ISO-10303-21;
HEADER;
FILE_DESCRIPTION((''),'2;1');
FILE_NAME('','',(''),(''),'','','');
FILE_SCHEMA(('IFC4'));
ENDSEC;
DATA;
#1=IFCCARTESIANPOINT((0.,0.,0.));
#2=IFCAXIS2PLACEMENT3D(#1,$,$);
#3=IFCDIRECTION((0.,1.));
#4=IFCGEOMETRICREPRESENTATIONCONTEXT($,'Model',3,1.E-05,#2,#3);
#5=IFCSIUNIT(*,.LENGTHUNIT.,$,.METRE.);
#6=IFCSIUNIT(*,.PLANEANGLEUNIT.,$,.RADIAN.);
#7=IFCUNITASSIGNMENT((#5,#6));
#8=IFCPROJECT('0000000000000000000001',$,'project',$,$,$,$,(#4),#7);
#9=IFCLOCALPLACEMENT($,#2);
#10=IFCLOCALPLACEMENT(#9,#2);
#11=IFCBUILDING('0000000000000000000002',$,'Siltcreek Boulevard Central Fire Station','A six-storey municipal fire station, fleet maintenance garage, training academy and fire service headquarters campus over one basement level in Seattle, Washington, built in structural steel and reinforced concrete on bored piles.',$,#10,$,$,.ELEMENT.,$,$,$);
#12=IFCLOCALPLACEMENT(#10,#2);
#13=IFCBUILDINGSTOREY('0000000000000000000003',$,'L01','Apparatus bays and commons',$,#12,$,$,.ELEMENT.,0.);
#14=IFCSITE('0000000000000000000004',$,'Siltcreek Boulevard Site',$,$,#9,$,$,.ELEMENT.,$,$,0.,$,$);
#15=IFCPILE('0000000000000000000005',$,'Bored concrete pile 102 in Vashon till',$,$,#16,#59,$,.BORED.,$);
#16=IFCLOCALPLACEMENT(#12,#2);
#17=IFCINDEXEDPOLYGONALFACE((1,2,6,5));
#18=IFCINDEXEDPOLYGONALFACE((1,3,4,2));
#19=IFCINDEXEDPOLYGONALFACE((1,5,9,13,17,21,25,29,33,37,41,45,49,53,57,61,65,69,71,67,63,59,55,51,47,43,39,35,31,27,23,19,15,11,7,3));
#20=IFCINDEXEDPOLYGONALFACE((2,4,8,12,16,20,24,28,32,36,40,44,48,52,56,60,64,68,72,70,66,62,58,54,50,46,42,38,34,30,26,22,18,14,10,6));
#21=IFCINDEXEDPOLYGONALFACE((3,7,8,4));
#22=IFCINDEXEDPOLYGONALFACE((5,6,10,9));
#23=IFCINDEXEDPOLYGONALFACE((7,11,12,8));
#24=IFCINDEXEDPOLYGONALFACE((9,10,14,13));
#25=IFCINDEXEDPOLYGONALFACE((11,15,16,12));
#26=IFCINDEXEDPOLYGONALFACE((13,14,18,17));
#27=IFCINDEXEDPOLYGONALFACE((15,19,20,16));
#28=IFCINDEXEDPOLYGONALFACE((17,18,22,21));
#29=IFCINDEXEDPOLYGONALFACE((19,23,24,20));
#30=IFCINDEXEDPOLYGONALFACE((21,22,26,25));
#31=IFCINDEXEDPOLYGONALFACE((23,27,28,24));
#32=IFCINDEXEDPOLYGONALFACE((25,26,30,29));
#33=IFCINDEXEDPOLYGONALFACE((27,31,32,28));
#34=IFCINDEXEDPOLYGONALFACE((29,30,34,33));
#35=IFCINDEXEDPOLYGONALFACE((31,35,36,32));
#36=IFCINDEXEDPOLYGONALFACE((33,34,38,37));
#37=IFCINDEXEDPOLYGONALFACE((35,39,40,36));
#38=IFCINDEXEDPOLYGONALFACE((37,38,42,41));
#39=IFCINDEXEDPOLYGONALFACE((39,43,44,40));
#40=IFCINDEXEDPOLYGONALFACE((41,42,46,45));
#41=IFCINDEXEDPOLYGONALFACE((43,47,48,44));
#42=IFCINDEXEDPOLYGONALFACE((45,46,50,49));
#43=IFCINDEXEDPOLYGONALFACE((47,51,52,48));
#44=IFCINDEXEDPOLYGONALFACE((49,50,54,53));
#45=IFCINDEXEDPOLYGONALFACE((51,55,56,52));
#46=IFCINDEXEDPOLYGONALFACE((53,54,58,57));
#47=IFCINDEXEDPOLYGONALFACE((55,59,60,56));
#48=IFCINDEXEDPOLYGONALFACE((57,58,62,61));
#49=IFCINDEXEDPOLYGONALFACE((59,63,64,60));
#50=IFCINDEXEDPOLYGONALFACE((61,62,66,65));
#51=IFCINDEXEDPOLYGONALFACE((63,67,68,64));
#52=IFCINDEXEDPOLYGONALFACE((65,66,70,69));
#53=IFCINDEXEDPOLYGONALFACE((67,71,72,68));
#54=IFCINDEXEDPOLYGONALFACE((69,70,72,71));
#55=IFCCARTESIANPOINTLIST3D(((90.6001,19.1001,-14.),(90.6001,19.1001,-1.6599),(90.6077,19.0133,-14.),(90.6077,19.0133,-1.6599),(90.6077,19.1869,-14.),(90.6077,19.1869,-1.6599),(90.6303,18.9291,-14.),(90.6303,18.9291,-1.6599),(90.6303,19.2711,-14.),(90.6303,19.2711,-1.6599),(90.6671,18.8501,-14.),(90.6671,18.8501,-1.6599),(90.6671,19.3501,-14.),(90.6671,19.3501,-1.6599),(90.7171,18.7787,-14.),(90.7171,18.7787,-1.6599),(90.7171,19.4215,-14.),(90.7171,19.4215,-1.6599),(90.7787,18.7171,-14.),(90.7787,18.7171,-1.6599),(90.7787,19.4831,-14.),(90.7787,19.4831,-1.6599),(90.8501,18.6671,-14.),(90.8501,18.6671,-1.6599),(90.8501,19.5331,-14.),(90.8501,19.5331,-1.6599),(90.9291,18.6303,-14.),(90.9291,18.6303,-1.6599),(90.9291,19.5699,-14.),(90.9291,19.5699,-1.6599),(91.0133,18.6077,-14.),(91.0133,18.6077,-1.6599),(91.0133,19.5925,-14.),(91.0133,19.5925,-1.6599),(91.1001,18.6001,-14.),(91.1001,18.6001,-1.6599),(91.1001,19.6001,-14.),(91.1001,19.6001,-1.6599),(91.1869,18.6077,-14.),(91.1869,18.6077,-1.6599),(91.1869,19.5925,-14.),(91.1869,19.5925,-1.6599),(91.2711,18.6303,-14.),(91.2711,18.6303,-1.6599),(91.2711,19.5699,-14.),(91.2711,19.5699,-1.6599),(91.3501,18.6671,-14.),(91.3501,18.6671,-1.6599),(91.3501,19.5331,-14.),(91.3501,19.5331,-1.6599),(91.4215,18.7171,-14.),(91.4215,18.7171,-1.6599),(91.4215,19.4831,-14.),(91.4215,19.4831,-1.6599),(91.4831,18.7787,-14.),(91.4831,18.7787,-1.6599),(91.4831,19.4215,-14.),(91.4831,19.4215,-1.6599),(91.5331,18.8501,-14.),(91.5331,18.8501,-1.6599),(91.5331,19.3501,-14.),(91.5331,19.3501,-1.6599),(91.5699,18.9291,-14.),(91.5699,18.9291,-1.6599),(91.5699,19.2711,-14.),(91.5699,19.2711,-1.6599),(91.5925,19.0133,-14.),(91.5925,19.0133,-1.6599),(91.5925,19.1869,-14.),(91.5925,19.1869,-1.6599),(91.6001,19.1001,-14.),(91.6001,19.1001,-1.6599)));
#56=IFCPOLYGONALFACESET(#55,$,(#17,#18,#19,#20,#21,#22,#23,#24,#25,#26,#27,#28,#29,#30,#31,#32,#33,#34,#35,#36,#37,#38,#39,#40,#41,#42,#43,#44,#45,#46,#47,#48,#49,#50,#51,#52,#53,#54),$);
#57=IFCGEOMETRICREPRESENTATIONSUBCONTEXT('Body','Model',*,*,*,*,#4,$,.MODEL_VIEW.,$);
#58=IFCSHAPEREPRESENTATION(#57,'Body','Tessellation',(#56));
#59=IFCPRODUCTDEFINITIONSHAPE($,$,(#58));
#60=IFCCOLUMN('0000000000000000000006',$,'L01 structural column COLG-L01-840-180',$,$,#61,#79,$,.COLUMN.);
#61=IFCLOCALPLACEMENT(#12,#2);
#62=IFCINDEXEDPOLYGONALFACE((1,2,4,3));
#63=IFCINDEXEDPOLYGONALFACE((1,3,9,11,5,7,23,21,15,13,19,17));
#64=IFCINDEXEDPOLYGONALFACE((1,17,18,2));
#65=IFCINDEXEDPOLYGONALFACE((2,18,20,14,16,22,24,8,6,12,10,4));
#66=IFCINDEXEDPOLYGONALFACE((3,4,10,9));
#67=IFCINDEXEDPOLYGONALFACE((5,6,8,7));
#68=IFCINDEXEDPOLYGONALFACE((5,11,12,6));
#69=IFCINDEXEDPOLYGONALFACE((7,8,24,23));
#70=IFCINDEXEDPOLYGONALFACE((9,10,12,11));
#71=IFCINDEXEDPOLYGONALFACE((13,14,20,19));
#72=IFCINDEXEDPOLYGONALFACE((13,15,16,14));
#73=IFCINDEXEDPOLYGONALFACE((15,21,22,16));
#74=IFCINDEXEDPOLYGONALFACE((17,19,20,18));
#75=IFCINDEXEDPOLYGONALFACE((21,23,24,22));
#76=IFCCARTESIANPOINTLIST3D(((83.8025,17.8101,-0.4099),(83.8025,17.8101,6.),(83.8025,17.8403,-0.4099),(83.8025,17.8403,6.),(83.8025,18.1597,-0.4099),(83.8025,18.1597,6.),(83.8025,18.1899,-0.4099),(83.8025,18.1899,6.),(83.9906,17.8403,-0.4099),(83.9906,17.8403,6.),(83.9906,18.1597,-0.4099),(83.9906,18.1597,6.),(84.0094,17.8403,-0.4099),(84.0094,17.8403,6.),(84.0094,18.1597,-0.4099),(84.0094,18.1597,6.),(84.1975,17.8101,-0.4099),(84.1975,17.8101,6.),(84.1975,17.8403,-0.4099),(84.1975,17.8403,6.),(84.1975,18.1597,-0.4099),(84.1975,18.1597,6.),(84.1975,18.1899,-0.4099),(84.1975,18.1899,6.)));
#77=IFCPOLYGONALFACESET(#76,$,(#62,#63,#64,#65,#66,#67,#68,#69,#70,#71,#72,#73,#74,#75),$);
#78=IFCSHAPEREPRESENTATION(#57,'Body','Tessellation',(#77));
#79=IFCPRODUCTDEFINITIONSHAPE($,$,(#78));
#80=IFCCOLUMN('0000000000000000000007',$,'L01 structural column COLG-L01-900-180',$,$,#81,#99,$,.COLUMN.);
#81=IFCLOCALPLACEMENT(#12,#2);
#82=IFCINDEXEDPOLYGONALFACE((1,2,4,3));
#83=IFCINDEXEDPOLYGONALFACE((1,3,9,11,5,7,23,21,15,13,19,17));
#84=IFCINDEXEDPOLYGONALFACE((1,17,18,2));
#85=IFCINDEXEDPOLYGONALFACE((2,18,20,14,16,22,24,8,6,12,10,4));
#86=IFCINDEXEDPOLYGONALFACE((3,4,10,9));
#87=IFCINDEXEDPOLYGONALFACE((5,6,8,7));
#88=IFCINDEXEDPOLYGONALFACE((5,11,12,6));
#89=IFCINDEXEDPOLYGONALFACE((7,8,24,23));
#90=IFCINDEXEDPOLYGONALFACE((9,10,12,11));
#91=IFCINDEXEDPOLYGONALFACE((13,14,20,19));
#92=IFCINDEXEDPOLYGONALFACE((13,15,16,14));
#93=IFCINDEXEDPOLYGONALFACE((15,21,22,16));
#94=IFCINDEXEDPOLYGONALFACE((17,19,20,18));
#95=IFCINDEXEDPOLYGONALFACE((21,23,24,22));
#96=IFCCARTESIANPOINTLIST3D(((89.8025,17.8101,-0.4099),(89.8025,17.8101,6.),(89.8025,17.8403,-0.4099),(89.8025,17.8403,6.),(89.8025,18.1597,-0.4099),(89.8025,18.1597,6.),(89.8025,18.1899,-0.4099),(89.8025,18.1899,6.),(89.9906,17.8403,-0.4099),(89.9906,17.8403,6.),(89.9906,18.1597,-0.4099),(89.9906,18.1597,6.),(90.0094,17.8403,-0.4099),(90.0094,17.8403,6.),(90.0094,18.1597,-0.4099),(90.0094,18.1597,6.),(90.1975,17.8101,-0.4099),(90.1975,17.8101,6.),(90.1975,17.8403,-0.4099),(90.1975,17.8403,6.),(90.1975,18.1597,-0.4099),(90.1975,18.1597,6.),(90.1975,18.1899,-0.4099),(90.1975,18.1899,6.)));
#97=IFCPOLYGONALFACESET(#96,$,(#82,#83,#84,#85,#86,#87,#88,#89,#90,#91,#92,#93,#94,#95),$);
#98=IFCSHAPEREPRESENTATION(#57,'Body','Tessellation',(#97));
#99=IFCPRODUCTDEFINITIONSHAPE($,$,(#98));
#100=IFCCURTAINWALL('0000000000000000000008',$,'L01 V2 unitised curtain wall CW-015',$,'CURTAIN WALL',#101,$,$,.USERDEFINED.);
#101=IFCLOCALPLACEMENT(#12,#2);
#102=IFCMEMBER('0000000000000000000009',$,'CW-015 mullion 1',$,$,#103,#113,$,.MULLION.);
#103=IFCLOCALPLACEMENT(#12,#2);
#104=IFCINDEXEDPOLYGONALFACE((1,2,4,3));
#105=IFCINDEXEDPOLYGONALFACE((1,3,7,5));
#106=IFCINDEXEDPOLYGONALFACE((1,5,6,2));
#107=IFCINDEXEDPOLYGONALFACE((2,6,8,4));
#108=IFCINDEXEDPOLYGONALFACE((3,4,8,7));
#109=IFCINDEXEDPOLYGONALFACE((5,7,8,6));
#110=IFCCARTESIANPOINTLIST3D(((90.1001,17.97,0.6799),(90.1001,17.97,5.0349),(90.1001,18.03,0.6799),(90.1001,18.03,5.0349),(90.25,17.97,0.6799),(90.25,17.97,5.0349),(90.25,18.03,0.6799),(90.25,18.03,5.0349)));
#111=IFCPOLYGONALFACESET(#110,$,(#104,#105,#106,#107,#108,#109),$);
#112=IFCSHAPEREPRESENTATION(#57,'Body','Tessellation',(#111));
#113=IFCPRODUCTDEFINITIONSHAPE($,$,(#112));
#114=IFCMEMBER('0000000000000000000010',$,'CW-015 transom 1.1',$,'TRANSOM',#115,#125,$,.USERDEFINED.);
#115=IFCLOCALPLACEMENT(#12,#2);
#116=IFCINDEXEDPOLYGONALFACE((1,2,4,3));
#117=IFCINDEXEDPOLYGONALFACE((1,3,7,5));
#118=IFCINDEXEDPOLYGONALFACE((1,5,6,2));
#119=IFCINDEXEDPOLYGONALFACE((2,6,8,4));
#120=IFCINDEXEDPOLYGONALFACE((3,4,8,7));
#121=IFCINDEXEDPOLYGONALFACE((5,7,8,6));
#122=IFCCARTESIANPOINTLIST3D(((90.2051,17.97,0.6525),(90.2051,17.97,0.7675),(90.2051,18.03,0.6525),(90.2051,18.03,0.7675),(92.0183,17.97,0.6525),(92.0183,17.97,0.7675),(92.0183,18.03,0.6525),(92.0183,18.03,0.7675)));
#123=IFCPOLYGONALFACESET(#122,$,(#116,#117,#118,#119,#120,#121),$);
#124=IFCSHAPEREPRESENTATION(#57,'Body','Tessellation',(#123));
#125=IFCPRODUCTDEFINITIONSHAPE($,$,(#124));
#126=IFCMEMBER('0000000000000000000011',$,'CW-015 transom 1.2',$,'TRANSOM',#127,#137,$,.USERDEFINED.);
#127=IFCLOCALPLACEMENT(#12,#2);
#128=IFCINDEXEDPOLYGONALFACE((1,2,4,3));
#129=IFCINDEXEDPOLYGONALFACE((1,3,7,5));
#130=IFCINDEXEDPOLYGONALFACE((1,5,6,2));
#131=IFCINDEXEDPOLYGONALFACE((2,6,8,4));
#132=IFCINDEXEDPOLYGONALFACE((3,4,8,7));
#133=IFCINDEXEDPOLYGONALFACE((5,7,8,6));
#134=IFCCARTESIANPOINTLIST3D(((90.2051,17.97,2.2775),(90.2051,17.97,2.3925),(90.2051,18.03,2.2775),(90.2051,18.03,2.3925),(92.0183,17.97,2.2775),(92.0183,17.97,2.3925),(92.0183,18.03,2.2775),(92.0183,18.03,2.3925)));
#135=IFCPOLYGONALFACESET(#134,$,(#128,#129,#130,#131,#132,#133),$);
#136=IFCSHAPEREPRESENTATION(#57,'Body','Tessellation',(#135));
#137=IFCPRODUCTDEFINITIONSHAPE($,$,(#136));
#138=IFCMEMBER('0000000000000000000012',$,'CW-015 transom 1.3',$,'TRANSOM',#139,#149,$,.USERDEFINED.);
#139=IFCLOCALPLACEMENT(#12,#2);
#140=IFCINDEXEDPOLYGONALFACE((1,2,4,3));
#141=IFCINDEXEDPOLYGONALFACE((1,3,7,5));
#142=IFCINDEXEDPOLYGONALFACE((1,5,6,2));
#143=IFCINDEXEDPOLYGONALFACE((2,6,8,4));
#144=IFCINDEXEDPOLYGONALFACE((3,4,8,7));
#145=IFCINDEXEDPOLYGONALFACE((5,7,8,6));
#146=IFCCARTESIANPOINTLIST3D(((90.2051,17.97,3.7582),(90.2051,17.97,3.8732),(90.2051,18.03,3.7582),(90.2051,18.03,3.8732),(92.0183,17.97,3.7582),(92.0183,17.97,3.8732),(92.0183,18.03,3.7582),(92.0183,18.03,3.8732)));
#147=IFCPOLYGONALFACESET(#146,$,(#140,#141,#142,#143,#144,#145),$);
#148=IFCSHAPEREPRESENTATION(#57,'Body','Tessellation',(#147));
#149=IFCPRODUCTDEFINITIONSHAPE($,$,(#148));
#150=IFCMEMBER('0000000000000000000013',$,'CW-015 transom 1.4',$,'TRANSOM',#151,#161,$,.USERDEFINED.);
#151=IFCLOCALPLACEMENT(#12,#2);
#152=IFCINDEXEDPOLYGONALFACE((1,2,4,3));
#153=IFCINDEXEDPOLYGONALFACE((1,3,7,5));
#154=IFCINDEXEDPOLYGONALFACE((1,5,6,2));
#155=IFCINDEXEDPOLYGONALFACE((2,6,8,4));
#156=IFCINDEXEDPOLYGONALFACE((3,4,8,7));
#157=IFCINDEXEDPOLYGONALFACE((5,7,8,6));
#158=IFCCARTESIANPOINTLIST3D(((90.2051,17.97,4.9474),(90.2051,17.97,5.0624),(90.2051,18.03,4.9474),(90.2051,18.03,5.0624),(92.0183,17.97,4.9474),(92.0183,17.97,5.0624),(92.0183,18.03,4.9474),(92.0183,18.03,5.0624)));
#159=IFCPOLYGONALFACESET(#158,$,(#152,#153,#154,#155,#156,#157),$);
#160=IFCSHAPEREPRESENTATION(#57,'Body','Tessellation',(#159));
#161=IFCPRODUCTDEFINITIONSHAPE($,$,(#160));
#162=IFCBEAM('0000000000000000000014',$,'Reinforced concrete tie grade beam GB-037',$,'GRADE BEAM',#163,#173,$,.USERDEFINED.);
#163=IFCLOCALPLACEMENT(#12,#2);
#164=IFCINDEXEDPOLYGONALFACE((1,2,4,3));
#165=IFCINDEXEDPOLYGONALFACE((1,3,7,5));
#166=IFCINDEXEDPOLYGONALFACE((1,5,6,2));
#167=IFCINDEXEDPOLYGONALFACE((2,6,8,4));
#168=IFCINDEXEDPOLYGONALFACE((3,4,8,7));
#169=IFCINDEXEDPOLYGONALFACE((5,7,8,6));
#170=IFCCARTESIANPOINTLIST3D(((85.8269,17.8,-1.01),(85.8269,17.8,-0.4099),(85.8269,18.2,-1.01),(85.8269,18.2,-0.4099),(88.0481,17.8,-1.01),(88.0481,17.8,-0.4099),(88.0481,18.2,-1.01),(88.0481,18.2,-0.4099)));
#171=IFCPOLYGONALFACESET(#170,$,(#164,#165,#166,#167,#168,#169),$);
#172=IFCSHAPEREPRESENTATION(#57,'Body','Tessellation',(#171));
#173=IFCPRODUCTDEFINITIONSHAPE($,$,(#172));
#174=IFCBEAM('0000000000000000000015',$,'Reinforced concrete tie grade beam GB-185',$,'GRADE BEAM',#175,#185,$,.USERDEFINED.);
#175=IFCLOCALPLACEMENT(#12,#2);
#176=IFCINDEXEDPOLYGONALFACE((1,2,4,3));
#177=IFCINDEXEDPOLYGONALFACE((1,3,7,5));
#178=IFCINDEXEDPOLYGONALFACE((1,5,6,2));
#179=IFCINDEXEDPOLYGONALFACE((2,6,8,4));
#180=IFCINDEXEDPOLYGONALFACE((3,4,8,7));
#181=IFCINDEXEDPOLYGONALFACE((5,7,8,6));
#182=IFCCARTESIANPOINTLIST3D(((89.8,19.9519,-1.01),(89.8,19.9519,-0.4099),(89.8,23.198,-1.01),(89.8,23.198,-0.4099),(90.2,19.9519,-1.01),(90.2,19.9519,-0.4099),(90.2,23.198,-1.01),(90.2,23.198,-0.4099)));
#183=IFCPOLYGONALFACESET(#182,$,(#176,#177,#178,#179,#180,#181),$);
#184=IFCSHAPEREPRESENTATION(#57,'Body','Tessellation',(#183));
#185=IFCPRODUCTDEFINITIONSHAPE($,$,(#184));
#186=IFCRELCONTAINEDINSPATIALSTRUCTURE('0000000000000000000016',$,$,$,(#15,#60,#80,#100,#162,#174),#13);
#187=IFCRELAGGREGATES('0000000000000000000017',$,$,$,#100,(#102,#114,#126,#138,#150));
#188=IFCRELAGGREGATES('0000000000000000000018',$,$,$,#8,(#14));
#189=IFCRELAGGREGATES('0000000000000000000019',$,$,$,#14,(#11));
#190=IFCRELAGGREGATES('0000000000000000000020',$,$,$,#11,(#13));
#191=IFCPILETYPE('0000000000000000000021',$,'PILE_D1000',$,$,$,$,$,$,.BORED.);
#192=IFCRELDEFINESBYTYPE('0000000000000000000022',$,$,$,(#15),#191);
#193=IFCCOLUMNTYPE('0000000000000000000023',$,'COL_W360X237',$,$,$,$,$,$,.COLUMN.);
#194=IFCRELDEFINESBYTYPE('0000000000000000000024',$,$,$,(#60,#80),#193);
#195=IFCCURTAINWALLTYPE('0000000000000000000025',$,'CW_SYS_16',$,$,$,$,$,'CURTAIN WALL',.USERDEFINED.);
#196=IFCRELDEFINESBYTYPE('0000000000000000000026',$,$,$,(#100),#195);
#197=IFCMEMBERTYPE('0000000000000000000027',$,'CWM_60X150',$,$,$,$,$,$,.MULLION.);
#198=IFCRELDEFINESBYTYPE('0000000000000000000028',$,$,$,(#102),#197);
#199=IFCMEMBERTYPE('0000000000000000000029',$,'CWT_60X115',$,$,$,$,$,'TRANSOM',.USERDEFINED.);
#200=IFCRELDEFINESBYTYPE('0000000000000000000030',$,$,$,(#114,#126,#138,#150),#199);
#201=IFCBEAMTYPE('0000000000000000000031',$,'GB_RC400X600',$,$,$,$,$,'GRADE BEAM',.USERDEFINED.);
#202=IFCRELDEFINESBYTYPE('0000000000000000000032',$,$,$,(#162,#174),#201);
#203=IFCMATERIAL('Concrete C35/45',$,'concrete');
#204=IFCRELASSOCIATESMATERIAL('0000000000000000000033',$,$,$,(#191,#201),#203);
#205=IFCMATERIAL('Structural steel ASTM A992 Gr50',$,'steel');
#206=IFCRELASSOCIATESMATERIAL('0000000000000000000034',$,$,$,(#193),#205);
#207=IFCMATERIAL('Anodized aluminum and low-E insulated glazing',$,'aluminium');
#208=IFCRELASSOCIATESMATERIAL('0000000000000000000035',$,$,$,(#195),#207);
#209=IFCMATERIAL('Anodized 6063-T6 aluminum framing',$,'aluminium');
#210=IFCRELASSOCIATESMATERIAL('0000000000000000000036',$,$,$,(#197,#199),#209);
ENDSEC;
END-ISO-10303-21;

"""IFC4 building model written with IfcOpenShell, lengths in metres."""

from ifc_helpers import new_model, si_unit, direction, frame, origin, origin_2d, place, context, subcontext, project, spatial, rectangle, circle, i_section, extrude, material, material_profile, profile_set, type_object, element, aggregate, save


model = new_model("IFC4")

# Units and contexts
model_context = context("Model", 3, precision=1e-05, world=origin(), true_north=direction((0.0, 1.0)))
body_context = subcontext(model_context, "Body", "Model", "MODEL_VIEW")
ifc_project = project(units=[si_unit("LENGTHUNIT", "METRE"), si_unit("PLANEANGLEUNIT", "RADIAN")], contexts=[model_context])

# Site, building, storey
site_placement = place(None, origin())
site = spatial("IfcSite", under=ifc_project, at=site_placement, Name="Siltcreek Boulevard Site", CompositionType="ELEMENT", RefElevation=0.0)
building_placement = place(site_placement, origin())
building = spatial("IfcBuilding", under=site, at=building_placement, Name="Siltcreek Boulevard Central Fire Station", Description="A six-storey municipal fire station, fleet maintenance garage, training academy and fire service headquarters campus over one basement level in Seattle, Washington, built in structural steel and reinforced concrete on bored piles.", CompositionType="ELEMENT")
storey_placement = place(building_placement, origin())
storey = spatial("IfcBuildingStorey", under=building, at=storey_placement, Name="L01", Description="Apparatus bays and commons", CompositionType="ELEMENT", Elevation=0.0)

# Shared definitions
ifc_material_1 = material(Name="Concrete C35/45", Category="concrete")

# Pile
ifc_material_profile_1 = material_profile(ifc_material_1, circle(Radius=0.5, at=origin_2d()), Name="SHAFT1000")
ifc_profile_set_1 = profile_set([ifc_material_profile_1], Name="Concrete C35/45")
pile_type = type_object("IfcPileType", Name="PILE_D1000", PredefinedType="BORED", material=ifc_profile_set_1)
for number, where, z_axis, x_axis, name in (
    (1, (91.1001, 19.1001, -1.6599), (0.0, 0.0, -1.0), (1.0, 0.0, 0.0), "Bored concrete pile 102 in Vashon till"),
):
    element("IfcPile", number, at=place(storey_placement, frame(where, z_axis=z_axis, x_axis=x_axis)), inside=storey, type_object=pile_type, Name=name, PredefinedType="BORED", context=body_context, shape_type="SweptSolid", body=[
        extrude(circle(Radius=0.5, at=origin_2d()), origin(), (0.0, 0.0, 1.0), 12.3401),
    ])

# Columns
ifc_material_2 = material(Name="Structural steel ASTM A992 Gr50", Category="steel")
ifc_material_profile_2 = material_profile(ifc_material_2, i_section(OverallWidth=0.395, OverallDepth=0.3799, WebThickness=0.0188, FlangeThickness=0.0303, at=origin_2d()), Name="W360X237")
ifc_profile_set_2 = profile_set([ifc_material_profile_2], Name="Structural steel ASTM A992 Gr50")
column_type = type_object("IfcColumnType", Name="COL_W360X237", PredefinedType="COLUMN", material=ifc_profile_set_2)
for number, where, z_axis, x_axis, name in (
    (2, (84.0, 18.0, -0.4099), (0.0, 0.0, 1.0), (1.0, 0.0, 0.0), "L01 structural column COLG-L01-840-180"),
    (3, (90.0, 18.0, -0.4099), (0.0, 0.0, 1.0), (1.0, 0.0, 0.0), "L01 structural column COLG-L01-900-180"),
):
    element("IfcColumn", number, at=place(storey_placement, frame(where, z_axis=z_axis, x_axis=x_axis)), inside=storey, type_object=column_type, Name=name, PredefinedType="COLUMN", context=body_context, shape_type="SweptSolid", body=[
        extrude(i_section(OverallWidth=0.395, OverallDepth=0.3799, WebThickness=0.0188, FlangeThickness=0.0303, at=origin_2d()), origin(), (0.0, 0.0, 1.0), 6.4099),
    ])

# Curtain wall, members
ifc_material_3 = material(Name="Anodized aluminum and low-E insulated glazing", Category="aluminium")
curtain_wall_type = type_object("IfcCurtainWallType", Name="CW_SYS_16", ElementType="CURTAIN WALL", PredefinedType="USERDEFINED", material=ifc_material_3)
curtain_wall_placement = place(storey_placement, origin())
curtain_wall = element("IfcCurtainWall", 4, at=curtain_wall_placement, inside=storey, type_object=curtain_wall_type, Name="L01 V2 unitised curtain wall CW-015", ObjectType="CURTAIN WALL", PredefinedType="USERDEFINED")
ifc_material_4 = material(Name="Anodized 6063-T6 aluminum framing", Category="aluminium")
ifc_material_profile_3 = material_profile(ifc_material_4, rectangle(XDim=0.0601, YDim=0.1499, at=origin_2d()), Name="MULL60X150")
ifc_profile_set_3 = profile_set([ifc_material_profile_3], Name="Anodized 6063-T6 aluminum framing")
member_type_1 = type_object("IfcMemberType", Name="CWM_60X150", PredefinedType="MULLION", material=ifc_profile_set_3)
member_1_placement = place(storey_placement, frame((90.175, 18.0, 0.6799), z_axis=(0.0, 0.0, 1.0), x_axis=(0.0, 1.0, 0.0)))
member_1 = element("IfcMember", 5, at=member_1_placement, type_object=member_type_1, Name="CW-015 mullion 1", PredefinedType="MULLION", context=body_context, shape_type="SweptSolid", body=[
    extrude(rectangle(XDim=0.0601, YDim=0.1499, at=origin_2d()), origin(), (0.0, 0.0, 1.0), 4.355),
])
ifc_material_profile_4 = material_profile(ifc_material_4, rectangle(XDim=0.0601, YDim=0.115, at=origin_2d()), Name="TRAN60X115")
ifc_profile_set_4 = profile_set([ifc_material_profile_4], Name="Anodized 6063-T6 aluminum framing")
member_type_2 = type_object("IfcMemberType", Name="CWT_60X115", ElementType="TRANSOM", PredefinedType="USERDEFINED", material=ifc_profile_set_4)
member_2_placement = place(storey_placement, frame((90.2051, 18.0, 0.71), z_axis=(1.0, 0.0, 0.0), x_axis=(0.0, 1.0, 0.0)))
member_2 = element("IfcMember", 6, at=member_2_placement, type_object=member_type_2, Name="CW-015 transom 1.1", ObjectType="TRANSOM", PredefinedType="USERDEFINED", context=body_context, shape_type="SweptSolid", body=[
    extrude(rectangle(XDim=0.0601, YDim=0.115, at=origin_2d()), origin(), (0.0, 0.0, 1.0), 1.8132),
])
member_3_placement = place(storey_placement, frame((90.2051, 18.0, 2.335), z_axis=(1.0, 0.0, 0.0), x_axis=(0.0, 1.0, 0.0)))
member_3 = element("IfcMember", 7, at=member_3_placement, type_object=member_type_2, Name="CW-015 transom 1.2", ObjectType="TRANSOM", PredefinedType="USERDEFINED", context=body_context, shape_type="SweptSolid", body=[
    extrude(rectangle(XDim=0.0601, YDim=0.115, at=origin_2d()), origin(), (0.0, 0.0, 1.0), 1.8132),
])
member_4_placement = place(storey_placement, frame((90.2051, 18.0, 3.8157), z_axis=(1.0, 0.0, 0.0), x_axis=(0.0, 1.0, 0.0)))
member_4 = element("IfcMember", 8, at=member_4_placement, type_object=member_type_2, Name="CW-015 transom 1.3", ObjectType="TRANSOM", PredefinedType="USERDEFINED", context=body_context, shape_type="SweptSolid", body=[
    extrude(rectangle(XDim=0.0601, YDim=0.115, at=origin_2d()), origin(), (0.0, 0.0, 1.0), 1.8132),
])
member_5_placement = place(storey_placement, frame((90.2051, 18.0, 5.0049), z_axis=(1.0, 0.0, 0.0), x_axis=(0.0, 1.0, 0.0)))
member_5 = element("IfcMember", 9, at=member_5_placement, type_object=member_type_2, Name="CW-015 transom 1.4", ObjectType="TRANSOM", PredefinedType="USERDEFINED", context=body_context, shape_type="SweptSolid", body=[
    extrude(rectangle(XDim=0.0601, YDim=0.115, at=origin_2d()), origin(), (0.0, 0.0, 1.0), 1.8132),
])

# Beams
ifc_material_profile_5 = material_profile(ifc_material_1, rectangle(XDim=0.3999, YDim=0.6001, at=origin_2d()), Name="RC400X600")
ifc_profile_set_5 = profile_set([ifc_material_profile_5], Name="Concrete C35/45")
beam_type_1 = type_object("IfcBeamType", Name="GB_RC400X600", ElementType="GRADE BEAM", PredefinedType="USERDEFINED", material=ifc_profile_set_5)
beam_1_placement = place(storey_placement, frame((85.8269, 18.0, -0.71), z_axis=(1.0, 0.0, 0.0), x_axis=(0.0, 1.0, 0.0)))
element("IfcBeam", 10, at=beam_1_placement, inside=storey, type_object=beam_type_1, Name="Reinforced concrete tie grade beam GB-037", ObjectType="GRADE BEAM", PredefinedType="USERDEFINED", context=body_context, shape_type="SweptSolid", body=[
    extrude(rectangle(XDim=0.3999, YDim=0.6001, at=origin_2d()), origin(), (0.0, 0.0, 1.0), 2.2212),
])
beam_2_placement = place(storey_placement, frame((90.0, 19.9519, -0.71), z_axis=(0.0, 1.0, 0.0), x_axis=(-1.0, 0.0, 0.0)))
element("IfcBeam", 11, at=beam_2_placement, inside=storey, type_object=beam_type_1, Name="Reinforced concrete tie grade beam GB-185", ObjectType="GRADE BEAM", PredefinedType="USERDEFINED", context=body_context, shape_type="SweptSolid", body=[
    extrude(rectangle(XDim=0.3999, YDim=0.6001, at=origin_2d()), origin(), (0.0, 0.0, 1.0), 3.2461),
])

aggregate(curtain_wall, [member_1, member_2, member_3, member_4, member_5])

save(model, "model.ifc")
